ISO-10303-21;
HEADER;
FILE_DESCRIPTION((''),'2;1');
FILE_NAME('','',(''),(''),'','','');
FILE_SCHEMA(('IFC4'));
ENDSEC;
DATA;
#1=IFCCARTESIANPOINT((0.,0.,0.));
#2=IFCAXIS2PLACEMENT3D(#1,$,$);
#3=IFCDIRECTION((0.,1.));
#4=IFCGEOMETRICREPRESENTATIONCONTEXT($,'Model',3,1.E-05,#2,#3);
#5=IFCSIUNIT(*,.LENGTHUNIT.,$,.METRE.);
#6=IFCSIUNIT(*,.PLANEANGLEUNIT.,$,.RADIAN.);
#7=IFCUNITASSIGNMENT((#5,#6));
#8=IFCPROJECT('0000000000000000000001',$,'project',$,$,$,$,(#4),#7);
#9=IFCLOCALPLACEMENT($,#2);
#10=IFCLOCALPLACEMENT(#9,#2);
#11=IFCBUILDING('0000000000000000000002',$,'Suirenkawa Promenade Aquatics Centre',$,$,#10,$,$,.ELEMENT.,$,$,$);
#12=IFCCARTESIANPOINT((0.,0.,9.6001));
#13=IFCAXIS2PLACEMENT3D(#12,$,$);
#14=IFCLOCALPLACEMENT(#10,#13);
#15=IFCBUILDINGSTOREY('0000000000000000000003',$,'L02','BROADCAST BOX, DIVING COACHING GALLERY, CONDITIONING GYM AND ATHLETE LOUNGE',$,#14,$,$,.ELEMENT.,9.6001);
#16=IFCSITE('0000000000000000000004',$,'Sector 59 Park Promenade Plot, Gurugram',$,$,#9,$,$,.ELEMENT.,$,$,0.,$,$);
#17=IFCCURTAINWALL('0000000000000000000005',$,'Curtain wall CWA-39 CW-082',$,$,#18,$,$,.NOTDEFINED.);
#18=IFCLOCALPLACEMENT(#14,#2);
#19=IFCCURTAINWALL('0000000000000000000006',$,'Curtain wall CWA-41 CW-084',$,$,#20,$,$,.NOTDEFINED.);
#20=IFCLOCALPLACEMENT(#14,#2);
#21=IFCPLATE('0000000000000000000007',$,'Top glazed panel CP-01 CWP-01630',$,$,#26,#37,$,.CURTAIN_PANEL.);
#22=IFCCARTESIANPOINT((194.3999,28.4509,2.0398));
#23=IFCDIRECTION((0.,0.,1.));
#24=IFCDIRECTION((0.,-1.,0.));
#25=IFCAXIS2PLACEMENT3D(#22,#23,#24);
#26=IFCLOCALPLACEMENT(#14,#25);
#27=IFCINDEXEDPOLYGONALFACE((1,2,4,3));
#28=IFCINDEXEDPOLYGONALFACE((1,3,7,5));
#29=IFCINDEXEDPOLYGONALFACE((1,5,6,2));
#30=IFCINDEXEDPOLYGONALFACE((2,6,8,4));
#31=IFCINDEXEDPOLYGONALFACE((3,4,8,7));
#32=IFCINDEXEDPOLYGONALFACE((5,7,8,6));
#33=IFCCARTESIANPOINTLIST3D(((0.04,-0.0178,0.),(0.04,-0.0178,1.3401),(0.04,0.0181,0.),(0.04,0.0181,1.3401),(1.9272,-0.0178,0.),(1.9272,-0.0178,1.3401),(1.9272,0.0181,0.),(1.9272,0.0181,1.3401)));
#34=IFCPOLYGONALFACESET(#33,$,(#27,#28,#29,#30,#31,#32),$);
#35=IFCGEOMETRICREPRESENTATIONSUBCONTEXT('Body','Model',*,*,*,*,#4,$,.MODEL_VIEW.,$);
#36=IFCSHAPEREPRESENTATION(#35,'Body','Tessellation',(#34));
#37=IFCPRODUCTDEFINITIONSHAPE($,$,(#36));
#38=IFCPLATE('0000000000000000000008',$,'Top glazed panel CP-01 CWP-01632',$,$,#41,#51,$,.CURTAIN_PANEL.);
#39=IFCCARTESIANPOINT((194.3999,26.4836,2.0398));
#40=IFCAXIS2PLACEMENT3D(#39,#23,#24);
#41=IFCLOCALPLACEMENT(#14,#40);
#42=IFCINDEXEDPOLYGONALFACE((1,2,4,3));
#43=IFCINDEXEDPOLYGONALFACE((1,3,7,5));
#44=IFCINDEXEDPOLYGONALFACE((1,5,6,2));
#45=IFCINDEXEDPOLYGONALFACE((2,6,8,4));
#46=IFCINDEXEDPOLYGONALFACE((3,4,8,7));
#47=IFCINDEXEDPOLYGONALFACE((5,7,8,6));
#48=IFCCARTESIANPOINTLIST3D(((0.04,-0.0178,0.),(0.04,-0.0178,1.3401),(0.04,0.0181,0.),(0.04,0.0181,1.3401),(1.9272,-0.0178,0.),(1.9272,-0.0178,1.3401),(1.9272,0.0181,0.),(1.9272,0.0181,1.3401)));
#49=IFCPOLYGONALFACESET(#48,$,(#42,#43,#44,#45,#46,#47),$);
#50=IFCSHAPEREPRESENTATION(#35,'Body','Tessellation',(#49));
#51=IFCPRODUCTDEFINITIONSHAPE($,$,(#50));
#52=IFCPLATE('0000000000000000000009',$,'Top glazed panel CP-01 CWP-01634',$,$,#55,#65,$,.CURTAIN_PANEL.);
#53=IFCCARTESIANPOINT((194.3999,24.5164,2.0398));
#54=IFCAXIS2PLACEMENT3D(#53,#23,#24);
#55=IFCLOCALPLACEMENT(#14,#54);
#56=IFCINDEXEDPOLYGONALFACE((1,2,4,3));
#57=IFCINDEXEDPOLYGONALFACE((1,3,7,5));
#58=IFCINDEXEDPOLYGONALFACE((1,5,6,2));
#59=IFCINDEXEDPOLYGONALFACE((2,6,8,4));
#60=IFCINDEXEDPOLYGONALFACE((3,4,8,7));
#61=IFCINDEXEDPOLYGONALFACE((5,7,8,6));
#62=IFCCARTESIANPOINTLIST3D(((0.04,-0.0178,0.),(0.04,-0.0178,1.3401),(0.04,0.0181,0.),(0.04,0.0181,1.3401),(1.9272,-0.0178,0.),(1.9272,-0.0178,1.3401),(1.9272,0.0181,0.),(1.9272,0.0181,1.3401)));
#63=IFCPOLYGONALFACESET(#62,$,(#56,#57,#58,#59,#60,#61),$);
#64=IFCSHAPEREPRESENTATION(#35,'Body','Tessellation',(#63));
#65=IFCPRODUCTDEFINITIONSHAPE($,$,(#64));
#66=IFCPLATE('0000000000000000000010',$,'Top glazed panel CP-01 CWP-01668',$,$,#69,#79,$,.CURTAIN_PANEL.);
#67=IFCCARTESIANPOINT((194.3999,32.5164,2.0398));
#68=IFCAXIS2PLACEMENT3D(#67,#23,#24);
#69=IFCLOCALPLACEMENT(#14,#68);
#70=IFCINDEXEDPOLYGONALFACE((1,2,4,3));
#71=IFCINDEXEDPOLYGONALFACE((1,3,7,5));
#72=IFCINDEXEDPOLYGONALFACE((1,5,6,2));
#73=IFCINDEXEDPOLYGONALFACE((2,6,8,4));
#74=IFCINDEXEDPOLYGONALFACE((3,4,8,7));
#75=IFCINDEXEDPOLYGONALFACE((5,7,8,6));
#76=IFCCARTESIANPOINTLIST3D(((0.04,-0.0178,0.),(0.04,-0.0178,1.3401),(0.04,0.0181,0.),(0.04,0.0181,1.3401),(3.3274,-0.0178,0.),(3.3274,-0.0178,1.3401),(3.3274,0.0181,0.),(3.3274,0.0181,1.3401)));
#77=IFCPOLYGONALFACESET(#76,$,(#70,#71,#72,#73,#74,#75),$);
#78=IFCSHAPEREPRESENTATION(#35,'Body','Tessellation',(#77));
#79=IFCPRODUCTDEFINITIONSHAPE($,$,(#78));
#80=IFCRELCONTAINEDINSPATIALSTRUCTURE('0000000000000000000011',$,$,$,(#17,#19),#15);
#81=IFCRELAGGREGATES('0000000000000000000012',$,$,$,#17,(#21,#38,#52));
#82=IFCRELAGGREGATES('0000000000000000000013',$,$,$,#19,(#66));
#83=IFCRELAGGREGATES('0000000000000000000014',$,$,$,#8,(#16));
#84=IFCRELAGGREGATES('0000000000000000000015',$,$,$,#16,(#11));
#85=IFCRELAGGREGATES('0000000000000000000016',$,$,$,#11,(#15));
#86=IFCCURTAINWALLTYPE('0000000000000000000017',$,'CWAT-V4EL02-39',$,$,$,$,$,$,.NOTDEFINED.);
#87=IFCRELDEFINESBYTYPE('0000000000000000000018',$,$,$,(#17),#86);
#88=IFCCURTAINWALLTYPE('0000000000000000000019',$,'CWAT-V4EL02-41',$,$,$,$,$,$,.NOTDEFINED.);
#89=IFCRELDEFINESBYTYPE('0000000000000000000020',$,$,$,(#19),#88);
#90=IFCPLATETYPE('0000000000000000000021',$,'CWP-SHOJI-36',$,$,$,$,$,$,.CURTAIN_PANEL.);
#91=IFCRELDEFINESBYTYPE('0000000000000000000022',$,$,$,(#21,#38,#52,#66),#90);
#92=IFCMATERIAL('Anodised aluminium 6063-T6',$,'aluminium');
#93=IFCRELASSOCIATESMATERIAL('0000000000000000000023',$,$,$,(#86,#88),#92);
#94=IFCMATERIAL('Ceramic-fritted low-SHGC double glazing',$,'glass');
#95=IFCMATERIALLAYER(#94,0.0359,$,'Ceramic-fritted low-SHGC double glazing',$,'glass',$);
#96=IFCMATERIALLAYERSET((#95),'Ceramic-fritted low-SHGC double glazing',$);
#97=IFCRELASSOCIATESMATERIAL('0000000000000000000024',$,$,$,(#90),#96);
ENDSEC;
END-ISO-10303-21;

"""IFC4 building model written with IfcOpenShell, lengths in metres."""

from ifc_helpers import new_model, si_unit, direction, frame, origin, place, context, subcontext, project, spatial, polyline, outline, extrude, material, layer, layer_set, type_object, element, aggregate, save


model = new_model("IFC4")

# Units and contexts
model_context = context("Model", 3, precision=1e-05, world=origin(), true_north=direction((0.0, 1.0)))
body_context = subcontext(model_context, "Body", "Model", "MODEL_VIEW")
ifc_project = project(units=[si_unit("LENGTHUNIT", "METRE"), si_unit("PLANEANGLEUNIT", "RADIAN")], contexts=[model_context])

# Site, building, storey
site_placement = place(None, origin())
site = spatial("IfcSite", under=ifc_project, at=site_placement, Name="Sector 59 Park Promenade Plot, Gurugram", CompositionType="ELEMENT", RefElevation=0.0)
building_placement = place(site_placement, origin())
building = spatial("IfcBuilding", under=site, at=building_placement, Name="Suirenkawa Promenade Aquatics Centre", CompositionType="ELEMENT")
storey_placement = place(building_placement, frame((0.0, 0.0, 9.6001)))
storey = spatial("IfcBuildingStorey", under=building, at=storey_placement, Name="L02", Description="BROADCAST BOX, DIVING COACHING GALLERY, CONDITIONING GYM AND ATHLETE LOUNGE", CompositionType="ELEMENT", Elevation=9.6001)

# Curtain walls
ifc_material_1 = material(Name="Anodised aluminium 6063-T6", Category="aluminium")
curtain_wall_type_1 = type_object("IfcCurtainWallType", Name="CWAT-V4EL02-39", PredefinedType="NOTDEFINED", material=ifc_material_1)
curtain_wall_1_placement = place(storey_placement, origin())
curtain_wall_1 = element("IfcCurtainWall", 1, at=curtain_wall_1_placement, inside=storey, type_object=curtain_wall_type_1, Name="Curtain wall CWA-39 CW-082", PredefinedType="NOTDEFINED")
curtain_wall_type_2 = type_object("IfcCurtainWallType", Name="CWAT-V4EL02-41", PredefinedType="NOTDEFINED", material=ifc_material_1)
curtain_wall_2_placement = place(storey_placement, origin())
curtain_wall_2 = element("IfcCurtainWall", 2, at=curtain_wall_2_placement, inside=storey, type_object=curtain_wall_type_2, Name="Curtain wall CWA-41 CW-084", PredefinedType="NOTDEFINED")

# Plates
ifc_material_2 = material(Name="Ceramic-fritted low-SHGC double glazing", Category="glass")
ifc_layer = layer(ifc_material_2, 0.0359, Name="Ceramic-fritted low-SHGC double glazing", Category="glass")
ifc_layer_set = layer_set([ifc_layer], Name="Ceramic-fritted low-SHGC double glazing")
plate_type = type_object("IfcPlateType", Name="CWP-SHOJI-36", PredefinedType="CURTAIN_PANEL", material=ifc_layer_set)
plate_1_placement = place(storey_placement, frame((194.3999, 28.4509, 2.0398), z_axis=(0.0, 0.0, 1.0), x_axis=(0.0, -1.0, 0.0)))
plate_1 = element("IfcPlate", 3, at=plate_1_placement, type_object=plate_type, Name="Top glazed panel CP-01 CWP-01630", PredefinedType="CURTAIN_PANEL", context=body_context, shape_type="SweptSolid", body=[
    extrude(outline(polyline([(0.04, 0.0), (1.9272, 0.0), (1.9272, 1.3401), (0.04, 1.3401), (0.04, 0.0)])), frame((0.0, 0.0181, 0.0), z_axis=(0.0, -1.0, 0.0), x_axis=(1.0, 0.0, 0.0)), (0.0, 0.0, 1.0), 0.0359),
])
plate_2_placement = place(storey_placement, frame((194.3999, 26.4836, 2.0398), z_axis=(0.0, 0.0, 1.0), x_axis=(0.0, -1.0, 0.0)))
plate_2 = element("IfcPlate", 4, at=plate_2_placement, type_object=plate_type, Name="Top glazed panel CP-01 CWP-01632", PredefinedType="CURTAIN_PANEL", context=body_context, shape_type="SweptSolid", body=[
    extrude(outline(polyline([(0.04, 0.0), (1.9272, 0.0), (1.9272, 1.3401), (0.04, 1.3401), (0.04, 0.0)])), frame((0.0, 0.0181, 0.0), z_axis=(0.0, -1.0, 0.0), x_axis=(1.0, 0.0, 0.0)), (0.0, 0.0, 1.0), 0.0359),
])
plate_3_placement = place(storey_placement, frame((194.3999, 24.5164, 2.0398), z_axis=(0.0, 0.0, 1.0), x_axis=(0.0, -1.0, 0.0)))
plate_3 = element("IfcPlate", 5, at=plate_3_placement, type_object=plate_type, Name="Top glazed panel CP-01 CWP-01634", PredefinedType="CURTAIN_PANEL", context=body_context, shape_type="SweptSolid", body=[
    extrude(outline(polyline([(0.04, 0.0), (1.9272, 0.0), (1.9272, 1.3401), (0.04, 1.3401), (0.04, 0.0)])), frame((0.0, 0.0181, 0.0), z_axis=(0.0, -1.0, 0.0), x_axis=(1.0, 0.0, 0.0)), (0.0, 0.0, 1.0), 0.0359),
])
aggregate(curtain_wall_1, [plate_1, plate_2, plate_3])
plate_4_placement = place(storey_placement, frame((194.3999, 32.5164, 2.0398), z_axis=(0.0, 0.0, 1.0), x_axis=(0.0, -1.0, 0.0)))
plate_4 = element("IfcPlate", 6, at=plate_4_placement, type_object=plate_type, Name="Top glazed panel CP-01 CWP-01668", PredefinedType="CURTAIN_PANEL", context=body_context, shape_type="SweptSolid", body=[
    extrude(outline(polyline([(0.04, 0.0), (3.3274, 0.0), (3.3274, 1.3401), (0.04, 1.3401), (0.04, 0.0)])), frame((0.0, 0.0181, 0.0), z_axis=(0.0, -1.0, 0.0), x_axis=(1.0, 0.0, 0.0)), (0.0, 0.0, 1.0), 0.0359),
])
aggregate(curtain_wall_2, [plate_4])

save(model, "model.ifc")
